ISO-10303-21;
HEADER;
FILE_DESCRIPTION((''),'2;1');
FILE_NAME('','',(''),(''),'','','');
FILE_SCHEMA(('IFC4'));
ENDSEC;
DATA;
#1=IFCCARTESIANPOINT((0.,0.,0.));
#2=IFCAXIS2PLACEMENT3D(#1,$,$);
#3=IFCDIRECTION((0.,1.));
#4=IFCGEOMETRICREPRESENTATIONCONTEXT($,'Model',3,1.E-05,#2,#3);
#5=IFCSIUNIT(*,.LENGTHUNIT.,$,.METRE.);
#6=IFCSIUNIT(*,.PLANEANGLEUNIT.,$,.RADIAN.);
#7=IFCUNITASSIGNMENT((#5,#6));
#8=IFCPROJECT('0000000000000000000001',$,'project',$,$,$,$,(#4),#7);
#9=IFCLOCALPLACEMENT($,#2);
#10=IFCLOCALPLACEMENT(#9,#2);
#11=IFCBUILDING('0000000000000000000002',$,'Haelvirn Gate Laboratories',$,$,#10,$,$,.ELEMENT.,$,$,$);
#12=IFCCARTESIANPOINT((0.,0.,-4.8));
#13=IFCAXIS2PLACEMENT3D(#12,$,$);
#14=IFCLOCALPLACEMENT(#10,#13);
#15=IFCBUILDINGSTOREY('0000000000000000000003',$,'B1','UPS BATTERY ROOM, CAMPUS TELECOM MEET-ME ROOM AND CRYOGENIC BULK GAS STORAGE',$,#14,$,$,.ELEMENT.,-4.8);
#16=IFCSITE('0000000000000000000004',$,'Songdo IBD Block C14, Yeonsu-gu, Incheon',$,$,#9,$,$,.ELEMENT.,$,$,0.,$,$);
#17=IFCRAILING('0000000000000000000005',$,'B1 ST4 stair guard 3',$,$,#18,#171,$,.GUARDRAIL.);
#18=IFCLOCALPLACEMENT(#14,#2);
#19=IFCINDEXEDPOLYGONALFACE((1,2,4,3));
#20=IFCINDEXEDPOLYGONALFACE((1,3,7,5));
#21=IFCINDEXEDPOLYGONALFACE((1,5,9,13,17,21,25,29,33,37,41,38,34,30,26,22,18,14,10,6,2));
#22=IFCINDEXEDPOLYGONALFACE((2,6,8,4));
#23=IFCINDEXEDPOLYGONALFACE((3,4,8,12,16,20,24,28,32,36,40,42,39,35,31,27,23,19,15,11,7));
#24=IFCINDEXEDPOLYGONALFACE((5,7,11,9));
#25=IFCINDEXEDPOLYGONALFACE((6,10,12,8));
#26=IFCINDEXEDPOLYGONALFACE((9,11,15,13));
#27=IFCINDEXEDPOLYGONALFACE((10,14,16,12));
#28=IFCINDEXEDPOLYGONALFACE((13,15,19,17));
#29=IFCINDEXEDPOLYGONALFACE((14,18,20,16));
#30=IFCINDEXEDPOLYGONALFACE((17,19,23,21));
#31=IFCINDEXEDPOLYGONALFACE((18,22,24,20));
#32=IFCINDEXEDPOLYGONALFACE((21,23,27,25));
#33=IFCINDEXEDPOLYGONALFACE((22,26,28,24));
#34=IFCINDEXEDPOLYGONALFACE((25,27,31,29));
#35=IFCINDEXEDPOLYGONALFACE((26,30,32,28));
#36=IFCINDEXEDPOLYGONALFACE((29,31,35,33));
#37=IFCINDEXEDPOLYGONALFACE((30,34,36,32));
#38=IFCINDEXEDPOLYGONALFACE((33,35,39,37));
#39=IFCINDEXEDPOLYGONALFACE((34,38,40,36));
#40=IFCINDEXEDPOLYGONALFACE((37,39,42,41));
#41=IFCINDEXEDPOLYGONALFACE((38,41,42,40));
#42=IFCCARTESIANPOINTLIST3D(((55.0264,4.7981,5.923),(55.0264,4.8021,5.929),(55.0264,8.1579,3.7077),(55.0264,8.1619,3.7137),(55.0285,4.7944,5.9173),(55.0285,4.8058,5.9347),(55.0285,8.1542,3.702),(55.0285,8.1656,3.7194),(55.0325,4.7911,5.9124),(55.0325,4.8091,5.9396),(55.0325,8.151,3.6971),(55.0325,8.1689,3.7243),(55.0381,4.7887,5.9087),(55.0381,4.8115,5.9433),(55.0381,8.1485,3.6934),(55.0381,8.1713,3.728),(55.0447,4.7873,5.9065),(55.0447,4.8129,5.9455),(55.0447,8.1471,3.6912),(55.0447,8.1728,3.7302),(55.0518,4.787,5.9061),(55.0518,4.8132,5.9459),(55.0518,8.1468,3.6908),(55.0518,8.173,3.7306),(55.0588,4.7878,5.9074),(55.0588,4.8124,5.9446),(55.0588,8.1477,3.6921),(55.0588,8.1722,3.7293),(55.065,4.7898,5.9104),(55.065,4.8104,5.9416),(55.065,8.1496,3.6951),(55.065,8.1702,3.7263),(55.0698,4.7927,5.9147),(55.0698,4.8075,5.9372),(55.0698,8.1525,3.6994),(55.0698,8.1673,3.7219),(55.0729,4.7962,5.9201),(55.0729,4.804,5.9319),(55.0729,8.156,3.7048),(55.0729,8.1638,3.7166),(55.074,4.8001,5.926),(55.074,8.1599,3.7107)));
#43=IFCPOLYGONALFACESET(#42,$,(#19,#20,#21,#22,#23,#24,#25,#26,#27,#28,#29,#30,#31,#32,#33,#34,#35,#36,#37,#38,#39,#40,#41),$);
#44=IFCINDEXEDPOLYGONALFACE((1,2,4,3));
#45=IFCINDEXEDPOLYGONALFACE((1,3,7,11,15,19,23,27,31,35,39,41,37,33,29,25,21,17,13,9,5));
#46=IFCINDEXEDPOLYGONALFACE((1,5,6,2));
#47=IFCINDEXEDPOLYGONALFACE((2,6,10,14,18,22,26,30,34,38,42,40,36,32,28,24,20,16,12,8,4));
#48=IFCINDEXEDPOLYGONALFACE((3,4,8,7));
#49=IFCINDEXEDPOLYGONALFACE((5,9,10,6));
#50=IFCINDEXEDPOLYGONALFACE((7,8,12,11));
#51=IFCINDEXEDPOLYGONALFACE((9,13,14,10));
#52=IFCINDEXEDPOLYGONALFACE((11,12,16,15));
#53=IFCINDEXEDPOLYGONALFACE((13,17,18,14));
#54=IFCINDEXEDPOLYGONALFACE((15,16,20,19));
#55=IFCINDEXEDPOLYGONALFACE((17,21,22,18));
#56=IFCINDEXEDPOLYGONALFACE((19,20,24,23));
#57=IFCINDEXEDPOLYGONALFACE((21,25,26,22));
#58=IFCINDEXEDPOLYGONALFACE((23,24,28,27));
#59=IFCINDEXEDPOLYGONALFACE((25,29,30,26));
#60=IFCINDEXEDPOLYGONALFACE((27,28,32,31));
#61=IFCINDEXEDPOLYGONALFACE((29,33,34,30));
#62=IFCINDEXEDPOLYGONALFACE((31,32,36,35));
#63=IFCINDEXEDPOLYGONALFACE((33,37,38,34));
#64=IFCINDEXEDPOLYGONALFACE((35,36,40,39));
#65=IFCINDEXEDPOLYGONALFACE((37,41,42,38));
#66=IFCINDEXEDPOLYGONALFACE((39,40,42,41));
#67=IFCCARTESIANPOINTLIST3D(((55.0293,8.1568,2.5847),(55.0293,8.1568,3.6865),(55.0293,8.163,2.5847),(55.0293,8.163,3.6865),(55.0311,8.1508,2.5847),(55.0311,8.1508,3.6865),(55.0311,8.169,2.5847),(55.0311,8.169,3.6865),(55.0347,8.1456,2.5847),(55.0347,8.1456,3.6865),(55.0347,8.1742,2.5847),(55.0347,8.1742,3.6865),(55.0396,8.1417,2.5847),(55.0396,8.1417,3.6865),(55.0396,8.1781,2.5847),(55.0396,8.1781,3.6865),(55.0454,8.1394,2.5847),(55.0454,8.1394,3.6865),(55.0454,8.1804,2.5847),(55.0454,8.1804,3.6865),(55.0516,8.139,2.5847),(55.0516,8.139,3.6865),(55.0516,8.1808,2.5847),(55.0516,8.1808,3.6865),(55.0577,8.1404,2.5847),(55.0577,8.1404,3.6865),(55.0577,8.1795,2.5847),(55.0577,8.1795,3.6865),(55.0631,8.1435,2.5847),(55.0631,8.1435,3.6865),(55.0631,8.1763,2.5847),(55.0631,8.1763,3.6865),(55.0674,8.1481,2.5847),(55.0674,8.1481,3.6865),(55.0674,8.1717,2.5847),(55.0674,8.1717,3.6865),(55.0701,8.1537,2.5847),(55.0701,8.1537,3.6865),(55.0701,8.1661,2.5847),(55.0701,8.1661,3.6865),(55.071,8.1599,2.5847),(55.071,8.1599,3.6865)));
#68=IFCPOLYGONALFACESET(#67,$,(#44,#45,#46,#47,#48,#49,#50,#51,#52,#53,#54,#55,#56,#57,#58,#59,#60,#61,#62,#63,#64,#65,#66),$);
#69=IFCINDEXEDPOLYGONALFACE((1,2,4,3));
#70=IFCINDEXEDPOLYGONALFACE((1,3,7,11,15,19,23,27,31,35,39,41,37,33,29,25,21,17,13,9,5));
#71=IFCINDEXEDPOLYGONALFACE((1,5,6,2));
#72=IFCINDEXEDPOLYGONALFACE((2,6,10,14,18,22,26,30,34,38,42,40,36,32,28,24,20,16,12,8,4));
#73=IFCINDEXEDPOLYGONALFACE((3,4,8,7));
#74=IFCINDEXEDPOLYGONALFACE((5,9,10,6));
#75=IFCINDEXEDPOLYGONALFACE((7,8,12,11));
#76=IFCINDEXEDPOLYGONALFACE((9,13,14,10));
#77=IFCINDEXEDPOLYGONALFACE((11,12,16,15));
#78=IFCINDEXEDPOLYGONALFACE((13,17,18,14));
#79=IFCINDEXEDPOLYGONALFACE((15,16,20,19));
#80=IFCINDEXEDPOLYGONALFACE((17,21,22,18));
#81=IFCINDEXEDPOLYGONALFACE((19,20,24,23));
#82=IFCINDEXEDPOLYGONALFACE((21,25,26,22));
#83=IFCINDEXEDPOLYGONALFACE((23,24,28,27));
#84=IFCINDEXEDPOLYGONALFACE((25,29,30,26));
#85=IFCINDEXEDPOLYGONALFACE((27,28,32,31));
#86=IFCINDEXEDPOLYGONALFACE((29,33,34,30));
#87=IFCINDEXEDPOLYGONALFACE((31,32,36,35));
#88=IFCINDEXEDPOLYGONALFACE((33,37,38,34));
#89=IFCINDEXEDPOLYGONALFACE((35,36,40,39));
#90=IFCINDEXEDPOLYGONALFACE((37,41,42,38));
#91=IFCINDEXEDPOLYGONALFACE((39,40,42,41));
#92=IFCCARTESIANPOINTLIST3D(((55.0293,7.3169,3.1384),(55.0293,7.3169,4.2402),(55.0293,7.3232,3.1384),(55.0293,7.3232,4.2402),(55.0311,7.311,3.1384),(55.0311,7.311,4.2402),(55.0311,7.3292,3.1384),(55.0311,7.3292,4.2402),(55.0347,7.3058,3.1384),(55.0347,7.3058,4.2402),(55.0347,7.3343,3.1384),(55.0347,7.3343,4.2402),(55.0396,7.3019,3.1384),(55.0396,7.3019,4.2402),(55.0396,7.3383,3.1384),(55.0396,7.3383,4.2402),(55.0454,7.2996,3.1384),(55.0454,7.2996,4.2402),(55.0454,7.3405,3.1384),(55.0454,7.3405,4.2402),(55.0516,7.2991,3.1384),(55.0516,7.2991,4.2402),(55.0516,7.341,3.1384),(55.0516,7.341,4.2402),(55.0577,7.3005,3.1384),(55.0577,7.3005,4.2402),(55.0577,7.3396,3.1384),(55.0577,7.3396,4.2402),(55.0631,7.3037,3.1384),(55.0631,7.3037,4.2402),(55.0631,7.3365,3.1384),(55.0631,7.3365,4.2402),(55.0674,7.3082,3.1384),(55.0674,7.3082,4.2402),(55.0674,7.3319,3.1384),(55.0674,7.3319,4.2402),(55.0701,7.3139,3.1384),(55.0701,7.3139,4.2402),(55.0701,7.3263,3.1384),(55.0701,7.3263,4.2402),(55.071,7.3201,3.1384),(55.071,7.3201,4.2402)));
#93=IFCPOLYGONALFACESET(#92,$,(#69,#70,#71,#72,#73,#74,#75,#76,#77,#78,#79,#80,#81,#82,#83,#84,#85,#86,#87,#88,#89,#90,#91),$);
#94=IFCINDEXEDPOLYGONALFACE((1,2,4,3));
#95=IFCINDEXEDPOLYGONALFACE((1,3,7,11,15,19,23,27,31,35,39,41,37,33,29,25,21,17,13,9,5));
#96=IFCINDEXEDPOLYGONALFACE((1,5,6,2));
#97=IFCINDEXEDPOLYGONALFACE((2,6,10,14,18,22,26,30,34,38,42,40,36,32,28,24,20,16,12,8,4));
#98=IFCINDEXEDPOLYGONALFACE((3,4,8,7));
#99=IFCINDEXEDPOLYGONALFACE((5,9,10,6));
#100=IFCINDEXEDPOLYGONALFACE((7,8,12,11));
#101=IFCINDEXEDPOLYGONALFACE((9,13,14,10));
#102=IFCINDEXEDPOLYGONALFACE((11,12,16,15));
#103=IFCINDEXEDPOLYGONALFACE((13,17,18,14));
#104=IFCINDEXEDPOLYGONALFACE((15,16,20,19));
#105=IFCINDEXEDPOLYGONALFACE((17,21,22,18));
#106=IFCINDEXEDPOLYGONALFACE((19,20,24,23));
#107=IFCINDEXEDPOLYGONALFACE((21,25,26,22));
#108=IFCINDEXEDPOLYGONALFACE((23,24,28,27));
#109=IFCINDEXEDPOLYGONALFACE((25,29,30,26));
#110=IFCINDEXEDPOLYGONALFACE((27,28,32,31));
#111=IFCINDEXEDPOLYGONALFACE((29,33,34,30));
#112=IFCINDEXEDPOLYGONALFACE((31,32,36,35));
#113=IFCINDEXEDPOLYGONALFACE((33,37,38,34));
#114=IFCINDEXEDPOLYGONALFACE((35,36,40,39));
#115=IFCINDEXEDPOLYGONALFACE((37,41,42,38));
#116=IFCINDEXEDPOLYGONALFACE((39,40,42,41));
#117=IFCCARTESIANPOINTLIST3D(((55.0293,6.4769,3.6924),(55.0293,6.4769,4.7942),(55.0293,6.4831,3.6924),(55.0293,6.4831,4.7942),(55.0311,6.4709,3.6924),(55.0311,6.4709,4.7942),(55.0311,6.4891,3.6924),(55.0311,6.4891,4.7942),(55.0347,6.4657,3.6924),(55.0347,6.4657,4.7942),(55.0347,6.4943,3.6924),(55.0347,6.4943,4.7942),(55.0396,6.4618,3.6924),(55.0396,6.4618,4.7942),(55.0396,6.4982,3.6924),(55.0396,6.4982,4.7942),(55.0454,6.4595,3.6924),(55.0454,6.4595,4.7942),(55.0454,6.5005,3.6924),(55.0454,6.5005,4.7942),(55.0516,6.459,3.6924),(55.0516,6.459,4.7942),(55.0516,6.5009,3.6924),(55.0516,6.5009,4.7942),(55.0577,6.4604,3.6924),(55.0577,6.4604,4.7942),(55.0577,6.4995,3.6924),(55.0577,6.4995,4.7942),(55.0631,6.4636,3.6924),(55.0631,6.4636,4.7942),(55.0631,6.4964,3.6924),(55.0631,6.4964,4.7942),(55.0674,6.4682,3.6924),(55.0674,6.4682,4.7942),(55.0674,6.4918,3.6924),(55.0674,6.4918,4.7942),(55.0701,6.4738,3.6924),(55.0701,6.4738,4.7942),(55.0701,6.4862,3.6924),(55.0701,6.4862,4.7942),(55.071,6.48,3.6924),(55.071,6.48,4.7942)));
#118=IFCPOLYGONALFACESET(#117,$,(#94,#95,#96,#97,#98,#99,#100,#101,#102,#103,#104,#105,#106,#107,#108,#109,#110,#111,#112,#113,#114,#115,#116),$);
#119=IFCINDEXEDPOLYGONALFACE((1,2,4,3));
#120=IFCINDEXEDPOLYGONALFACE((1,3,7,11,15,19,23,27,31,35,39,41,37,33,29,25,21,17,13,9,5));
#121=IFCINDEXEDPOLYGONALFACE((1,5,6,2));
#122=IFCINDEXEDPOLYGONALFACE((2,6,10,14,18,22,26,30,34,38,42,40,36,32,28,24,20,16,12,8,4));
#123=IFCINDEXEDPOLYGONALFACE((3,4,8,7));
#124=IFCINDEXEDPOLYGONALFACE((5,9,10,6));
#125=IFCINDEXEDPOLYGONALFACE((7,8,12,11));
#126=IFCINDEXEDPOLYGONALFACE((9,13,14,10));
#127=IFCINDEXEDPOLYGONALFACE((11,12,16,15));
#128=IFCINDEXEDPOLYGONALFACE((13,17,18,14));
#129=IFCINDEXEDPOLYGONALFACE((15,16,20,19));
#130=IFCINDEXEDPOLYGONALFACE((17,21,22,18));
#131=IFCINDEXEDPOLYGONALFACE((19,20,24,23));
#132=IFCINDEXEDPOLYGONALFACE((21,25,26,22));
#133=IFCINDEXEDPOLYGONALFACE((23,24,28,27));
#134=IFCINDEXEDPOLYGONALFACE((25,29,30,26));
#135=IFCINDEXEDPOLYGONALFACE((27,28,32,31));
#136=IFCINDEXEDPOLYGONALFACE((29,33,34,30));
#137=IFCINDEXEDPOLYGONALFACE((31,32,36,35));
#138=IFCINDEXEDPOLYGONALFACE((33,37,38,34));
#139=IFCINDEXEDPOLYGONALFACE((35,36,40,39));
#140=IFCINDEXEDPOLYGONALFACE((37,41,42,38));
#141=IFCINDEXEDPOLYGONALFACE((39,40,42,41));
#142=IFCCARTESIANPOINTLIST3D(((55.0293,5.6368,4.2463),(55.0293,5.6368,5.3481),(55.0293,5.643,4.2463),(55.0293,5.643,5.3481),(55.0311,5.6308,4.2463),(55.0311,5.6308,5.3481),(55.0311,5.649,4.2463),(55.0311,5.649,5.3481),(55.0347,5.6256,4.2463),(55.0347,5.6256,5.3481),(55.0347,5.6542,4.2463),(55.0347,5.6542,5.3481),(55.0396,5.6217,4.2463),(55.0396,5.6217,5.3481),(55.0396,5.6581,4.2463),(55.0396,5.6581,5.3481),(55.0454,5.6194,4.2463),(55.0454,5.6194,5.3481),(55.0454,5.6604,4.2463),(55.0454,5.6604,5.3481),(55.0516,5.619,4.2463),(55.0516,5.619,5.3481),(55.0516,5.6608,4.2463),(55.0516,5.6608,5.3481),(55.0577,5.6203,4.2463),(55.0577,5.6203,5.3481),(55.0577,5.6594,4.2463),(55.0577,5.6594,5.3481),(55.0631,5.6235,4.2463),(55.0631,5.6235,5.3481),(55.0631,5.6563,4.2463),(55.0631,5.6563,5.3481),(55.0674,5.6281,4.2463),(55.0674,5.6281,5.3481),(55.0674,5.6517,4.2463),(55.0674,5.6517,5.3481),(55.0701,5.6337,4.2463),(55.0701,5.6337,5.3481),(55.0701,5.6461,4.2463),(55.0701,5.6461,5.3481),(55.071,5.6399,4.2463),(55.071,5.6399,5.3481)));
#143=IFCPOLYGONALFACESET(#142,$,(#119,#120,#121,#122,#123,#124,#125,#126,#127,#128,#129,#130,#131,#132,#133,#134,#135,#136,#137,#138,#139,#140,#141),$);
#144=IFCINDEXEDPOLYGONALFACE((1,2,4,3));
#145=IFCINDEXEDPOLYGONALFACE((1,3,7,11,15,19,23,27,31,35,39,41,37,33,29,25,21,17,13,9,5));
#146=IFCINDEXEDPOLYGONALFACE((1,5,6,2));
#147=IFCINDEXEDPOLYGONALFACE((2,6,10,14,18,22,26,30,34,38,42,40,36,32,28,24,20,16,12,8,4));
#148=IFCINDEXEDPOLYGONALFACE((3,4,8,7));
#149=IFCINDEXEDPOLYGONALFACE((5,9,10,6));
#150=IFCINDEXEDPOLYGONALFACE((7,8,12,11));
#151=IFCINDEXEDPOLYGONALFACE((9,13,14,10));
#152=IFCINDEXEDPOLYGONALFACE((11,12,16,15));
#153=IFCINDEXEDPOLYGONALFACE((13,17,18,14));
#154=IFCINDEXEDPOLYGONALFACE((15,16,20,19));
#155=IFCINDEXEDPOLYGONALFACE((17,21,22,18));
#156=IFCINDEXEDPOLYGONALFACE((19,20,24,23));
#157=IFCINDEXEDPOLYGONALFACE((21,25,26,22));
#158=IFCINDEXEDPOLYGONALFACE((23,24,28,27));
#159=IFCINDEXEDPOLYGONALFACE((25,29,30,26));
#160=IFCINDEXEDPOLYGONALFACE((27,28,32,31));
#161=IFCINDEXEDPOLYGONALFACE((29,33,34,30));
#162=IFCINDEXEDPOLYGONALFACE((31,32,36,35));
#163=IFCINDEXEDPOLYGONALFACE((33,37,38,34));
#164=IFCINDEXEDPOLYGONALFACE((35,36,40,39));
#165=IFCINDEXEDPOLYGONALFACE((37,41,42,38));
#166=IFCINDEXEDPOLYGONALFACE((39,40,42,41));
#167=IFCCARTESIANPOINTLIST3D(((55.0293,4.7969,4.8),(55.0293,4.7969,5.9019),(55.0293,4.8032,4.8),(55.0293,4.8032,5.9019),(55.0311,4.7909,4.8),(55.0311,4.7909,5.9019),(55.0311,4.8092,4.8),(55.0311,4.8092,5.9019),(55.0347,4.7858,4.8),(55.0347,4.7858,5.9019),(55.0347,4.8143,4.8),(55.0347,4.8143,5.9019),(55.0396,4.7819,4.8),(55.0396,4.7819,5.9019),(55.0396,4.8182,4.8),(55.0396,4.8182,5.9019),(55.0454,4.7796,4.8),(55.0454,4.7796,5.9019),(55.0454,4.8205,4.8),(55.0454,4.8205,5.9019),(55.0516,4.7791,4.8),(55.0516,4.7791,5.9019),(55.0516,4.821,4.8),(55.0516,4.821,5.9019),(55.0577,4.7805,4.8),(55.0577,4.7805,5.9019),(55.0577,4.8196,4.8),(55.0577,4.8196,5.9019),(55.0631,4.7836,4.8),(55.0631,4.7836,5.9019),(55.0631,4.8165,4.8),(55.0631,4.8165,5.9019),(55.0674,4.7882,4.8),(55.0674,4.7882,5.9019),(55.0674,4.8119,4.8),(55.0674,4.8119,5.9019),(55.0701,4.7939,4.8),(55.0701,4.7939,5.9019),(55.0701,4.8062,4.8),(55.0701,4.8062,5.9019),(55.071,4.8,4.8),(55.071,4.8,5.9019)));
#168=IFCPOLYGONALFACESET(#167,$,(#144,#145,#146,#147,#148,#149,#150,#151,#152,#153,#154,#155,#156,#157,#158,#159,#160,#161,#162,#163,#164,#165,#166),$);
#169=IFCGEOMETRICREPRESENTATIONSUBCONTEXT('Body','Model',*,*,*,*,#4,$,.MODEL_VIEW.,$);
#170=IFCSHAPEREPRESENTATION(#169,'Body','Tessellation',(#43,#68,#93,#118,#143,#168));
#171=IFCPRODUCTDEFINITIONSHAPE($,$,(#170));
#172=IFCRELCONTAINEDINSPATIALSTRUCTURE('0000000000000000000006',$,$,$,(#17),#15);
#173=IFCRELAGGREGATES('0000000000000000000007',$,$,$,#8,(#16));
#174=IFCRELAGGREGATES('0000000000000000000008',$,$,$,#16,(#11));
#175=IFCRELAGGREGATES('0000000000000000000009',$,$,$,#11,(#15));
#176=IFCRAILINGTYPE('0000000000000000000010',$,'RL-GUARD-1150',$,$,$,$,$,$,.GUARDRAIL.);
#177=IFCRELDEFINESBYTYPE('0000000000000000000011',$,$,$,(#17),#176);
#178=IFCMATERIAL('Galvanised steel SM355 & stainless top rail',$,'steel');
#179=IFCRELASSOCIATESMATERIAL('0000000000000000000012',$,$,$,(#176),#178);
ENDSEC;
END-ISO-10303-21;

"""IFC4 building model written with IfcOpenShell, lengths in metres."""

from ifc_helpers import new_model, si_unit, direction, frame, origin, origin_2d, place, context, subcontext, project, spatial, circle, extrude, source, transform, mapped, material, type_object, element, save


model = new_model("IFC4")

# Units and contexts
model_context = context("Model", 3, precision=1e-05, world=origin(), true_north=direction((0.0, 1.0)))
body_context = subcontext(model_context, "Body", "Model", "MODEL_VIEW")
ifc_project = project(units=[si_unit("LENGTHUNIT", "METRE"), si_unit("PLANEANGLEUNIT", "RADIAN")], contexts=[model_context])

# Site, building, storey
site_placement = place(None, origin())
site = spatial("IfcSite", under=ifc_project, at=site_placement, Name="Songdo IBD Block C14, Yeonsu-gu, Incheon", CompositionType="ELEMENT", RefElevation=0.0)
building_placement = place(site_placement, origin())
building = spatial("IfcBuilding", under=site, at=building_placement, Name="Haelvirn Gate Laboratories", CompositionType="ELEMENT")
storey_placement = place(building_placement, frame((0.0, 0.0, -4.8)))
storey = spatial("IfcBuildingStorey", under=building, at=storey_placement, Name="B1", Description="UPS BATTERY ROOM, CAMPUS TELECOM MEET-ME ROOM AND CRYOGENIC BULK GAS STORAGE", CompositionType="ELEMENT", Elevation=-4.8)

# Railing
ifc_material_1 = material(Name="Galvanised steel SM355 & stainless top rail", Category="steel")
railing_type_1 = type_object("IfcRailingType", Name="RL-GUARD-1150", PredefinedType="GUARDRAIL", material=ifc_material_1)
shared_shape_1 = source(origin(), body_context, "Body", "SweptSolid", [
    extrude(circle(Radius=0.0239, at=origin_2d()), frame((0.0, 0.0, 1.126), z_axis=(0.0, -0.834858, 0.550465), x_axis=(1.0, 0.0, 0.0)), (0.0, 0.0, 1.0), 4.0244),
    extrude(circle(Radius=0.021, at=origin_2d()), origin(), (0.0, 0.0, 1.0), 1.1018),
    extrude(circle(Radius=0.021, at=origin_2d()), frame((0.0, -0.8398, 0.5537)), (0.0, 0.0, 1.0), 1.1018),
    extrude(circle(Radius=0.021, at=origin_2d()), frame((0.0, -1.6799, 1.1077)), (0.0, 0.0, 1.0), 1.1018),
    extrude(circle(Radius=0.021, at=origin_2d()), frame((0.0, -2.52, 1.6616)), (0.0, 0.0, 1.0), 1.1018),
    extrude(circle(Radius=0.021, at=origin_2d()), frame((0.0, -3.3599, 2.2153)), (0.0, 0.0, 1.0), 1.1018),
])
railing_1_placement = place(storey_placement, frame((55.05, 8.1599, 2.5847)))
element("IfcRailing", 1, at=railing_1_placement, inside=storey, type_object=railing_type_1, Name="B1 ST4 stair guard 3", PredefinedType="GUARDRAIL", context=body_context, shape_type="MappedRepresentation", body=[
    mapped(shared_shape_1, transform((0.0, 0.0, 0.0), scale=1.0)),
])

save(model, "model.ifc")
